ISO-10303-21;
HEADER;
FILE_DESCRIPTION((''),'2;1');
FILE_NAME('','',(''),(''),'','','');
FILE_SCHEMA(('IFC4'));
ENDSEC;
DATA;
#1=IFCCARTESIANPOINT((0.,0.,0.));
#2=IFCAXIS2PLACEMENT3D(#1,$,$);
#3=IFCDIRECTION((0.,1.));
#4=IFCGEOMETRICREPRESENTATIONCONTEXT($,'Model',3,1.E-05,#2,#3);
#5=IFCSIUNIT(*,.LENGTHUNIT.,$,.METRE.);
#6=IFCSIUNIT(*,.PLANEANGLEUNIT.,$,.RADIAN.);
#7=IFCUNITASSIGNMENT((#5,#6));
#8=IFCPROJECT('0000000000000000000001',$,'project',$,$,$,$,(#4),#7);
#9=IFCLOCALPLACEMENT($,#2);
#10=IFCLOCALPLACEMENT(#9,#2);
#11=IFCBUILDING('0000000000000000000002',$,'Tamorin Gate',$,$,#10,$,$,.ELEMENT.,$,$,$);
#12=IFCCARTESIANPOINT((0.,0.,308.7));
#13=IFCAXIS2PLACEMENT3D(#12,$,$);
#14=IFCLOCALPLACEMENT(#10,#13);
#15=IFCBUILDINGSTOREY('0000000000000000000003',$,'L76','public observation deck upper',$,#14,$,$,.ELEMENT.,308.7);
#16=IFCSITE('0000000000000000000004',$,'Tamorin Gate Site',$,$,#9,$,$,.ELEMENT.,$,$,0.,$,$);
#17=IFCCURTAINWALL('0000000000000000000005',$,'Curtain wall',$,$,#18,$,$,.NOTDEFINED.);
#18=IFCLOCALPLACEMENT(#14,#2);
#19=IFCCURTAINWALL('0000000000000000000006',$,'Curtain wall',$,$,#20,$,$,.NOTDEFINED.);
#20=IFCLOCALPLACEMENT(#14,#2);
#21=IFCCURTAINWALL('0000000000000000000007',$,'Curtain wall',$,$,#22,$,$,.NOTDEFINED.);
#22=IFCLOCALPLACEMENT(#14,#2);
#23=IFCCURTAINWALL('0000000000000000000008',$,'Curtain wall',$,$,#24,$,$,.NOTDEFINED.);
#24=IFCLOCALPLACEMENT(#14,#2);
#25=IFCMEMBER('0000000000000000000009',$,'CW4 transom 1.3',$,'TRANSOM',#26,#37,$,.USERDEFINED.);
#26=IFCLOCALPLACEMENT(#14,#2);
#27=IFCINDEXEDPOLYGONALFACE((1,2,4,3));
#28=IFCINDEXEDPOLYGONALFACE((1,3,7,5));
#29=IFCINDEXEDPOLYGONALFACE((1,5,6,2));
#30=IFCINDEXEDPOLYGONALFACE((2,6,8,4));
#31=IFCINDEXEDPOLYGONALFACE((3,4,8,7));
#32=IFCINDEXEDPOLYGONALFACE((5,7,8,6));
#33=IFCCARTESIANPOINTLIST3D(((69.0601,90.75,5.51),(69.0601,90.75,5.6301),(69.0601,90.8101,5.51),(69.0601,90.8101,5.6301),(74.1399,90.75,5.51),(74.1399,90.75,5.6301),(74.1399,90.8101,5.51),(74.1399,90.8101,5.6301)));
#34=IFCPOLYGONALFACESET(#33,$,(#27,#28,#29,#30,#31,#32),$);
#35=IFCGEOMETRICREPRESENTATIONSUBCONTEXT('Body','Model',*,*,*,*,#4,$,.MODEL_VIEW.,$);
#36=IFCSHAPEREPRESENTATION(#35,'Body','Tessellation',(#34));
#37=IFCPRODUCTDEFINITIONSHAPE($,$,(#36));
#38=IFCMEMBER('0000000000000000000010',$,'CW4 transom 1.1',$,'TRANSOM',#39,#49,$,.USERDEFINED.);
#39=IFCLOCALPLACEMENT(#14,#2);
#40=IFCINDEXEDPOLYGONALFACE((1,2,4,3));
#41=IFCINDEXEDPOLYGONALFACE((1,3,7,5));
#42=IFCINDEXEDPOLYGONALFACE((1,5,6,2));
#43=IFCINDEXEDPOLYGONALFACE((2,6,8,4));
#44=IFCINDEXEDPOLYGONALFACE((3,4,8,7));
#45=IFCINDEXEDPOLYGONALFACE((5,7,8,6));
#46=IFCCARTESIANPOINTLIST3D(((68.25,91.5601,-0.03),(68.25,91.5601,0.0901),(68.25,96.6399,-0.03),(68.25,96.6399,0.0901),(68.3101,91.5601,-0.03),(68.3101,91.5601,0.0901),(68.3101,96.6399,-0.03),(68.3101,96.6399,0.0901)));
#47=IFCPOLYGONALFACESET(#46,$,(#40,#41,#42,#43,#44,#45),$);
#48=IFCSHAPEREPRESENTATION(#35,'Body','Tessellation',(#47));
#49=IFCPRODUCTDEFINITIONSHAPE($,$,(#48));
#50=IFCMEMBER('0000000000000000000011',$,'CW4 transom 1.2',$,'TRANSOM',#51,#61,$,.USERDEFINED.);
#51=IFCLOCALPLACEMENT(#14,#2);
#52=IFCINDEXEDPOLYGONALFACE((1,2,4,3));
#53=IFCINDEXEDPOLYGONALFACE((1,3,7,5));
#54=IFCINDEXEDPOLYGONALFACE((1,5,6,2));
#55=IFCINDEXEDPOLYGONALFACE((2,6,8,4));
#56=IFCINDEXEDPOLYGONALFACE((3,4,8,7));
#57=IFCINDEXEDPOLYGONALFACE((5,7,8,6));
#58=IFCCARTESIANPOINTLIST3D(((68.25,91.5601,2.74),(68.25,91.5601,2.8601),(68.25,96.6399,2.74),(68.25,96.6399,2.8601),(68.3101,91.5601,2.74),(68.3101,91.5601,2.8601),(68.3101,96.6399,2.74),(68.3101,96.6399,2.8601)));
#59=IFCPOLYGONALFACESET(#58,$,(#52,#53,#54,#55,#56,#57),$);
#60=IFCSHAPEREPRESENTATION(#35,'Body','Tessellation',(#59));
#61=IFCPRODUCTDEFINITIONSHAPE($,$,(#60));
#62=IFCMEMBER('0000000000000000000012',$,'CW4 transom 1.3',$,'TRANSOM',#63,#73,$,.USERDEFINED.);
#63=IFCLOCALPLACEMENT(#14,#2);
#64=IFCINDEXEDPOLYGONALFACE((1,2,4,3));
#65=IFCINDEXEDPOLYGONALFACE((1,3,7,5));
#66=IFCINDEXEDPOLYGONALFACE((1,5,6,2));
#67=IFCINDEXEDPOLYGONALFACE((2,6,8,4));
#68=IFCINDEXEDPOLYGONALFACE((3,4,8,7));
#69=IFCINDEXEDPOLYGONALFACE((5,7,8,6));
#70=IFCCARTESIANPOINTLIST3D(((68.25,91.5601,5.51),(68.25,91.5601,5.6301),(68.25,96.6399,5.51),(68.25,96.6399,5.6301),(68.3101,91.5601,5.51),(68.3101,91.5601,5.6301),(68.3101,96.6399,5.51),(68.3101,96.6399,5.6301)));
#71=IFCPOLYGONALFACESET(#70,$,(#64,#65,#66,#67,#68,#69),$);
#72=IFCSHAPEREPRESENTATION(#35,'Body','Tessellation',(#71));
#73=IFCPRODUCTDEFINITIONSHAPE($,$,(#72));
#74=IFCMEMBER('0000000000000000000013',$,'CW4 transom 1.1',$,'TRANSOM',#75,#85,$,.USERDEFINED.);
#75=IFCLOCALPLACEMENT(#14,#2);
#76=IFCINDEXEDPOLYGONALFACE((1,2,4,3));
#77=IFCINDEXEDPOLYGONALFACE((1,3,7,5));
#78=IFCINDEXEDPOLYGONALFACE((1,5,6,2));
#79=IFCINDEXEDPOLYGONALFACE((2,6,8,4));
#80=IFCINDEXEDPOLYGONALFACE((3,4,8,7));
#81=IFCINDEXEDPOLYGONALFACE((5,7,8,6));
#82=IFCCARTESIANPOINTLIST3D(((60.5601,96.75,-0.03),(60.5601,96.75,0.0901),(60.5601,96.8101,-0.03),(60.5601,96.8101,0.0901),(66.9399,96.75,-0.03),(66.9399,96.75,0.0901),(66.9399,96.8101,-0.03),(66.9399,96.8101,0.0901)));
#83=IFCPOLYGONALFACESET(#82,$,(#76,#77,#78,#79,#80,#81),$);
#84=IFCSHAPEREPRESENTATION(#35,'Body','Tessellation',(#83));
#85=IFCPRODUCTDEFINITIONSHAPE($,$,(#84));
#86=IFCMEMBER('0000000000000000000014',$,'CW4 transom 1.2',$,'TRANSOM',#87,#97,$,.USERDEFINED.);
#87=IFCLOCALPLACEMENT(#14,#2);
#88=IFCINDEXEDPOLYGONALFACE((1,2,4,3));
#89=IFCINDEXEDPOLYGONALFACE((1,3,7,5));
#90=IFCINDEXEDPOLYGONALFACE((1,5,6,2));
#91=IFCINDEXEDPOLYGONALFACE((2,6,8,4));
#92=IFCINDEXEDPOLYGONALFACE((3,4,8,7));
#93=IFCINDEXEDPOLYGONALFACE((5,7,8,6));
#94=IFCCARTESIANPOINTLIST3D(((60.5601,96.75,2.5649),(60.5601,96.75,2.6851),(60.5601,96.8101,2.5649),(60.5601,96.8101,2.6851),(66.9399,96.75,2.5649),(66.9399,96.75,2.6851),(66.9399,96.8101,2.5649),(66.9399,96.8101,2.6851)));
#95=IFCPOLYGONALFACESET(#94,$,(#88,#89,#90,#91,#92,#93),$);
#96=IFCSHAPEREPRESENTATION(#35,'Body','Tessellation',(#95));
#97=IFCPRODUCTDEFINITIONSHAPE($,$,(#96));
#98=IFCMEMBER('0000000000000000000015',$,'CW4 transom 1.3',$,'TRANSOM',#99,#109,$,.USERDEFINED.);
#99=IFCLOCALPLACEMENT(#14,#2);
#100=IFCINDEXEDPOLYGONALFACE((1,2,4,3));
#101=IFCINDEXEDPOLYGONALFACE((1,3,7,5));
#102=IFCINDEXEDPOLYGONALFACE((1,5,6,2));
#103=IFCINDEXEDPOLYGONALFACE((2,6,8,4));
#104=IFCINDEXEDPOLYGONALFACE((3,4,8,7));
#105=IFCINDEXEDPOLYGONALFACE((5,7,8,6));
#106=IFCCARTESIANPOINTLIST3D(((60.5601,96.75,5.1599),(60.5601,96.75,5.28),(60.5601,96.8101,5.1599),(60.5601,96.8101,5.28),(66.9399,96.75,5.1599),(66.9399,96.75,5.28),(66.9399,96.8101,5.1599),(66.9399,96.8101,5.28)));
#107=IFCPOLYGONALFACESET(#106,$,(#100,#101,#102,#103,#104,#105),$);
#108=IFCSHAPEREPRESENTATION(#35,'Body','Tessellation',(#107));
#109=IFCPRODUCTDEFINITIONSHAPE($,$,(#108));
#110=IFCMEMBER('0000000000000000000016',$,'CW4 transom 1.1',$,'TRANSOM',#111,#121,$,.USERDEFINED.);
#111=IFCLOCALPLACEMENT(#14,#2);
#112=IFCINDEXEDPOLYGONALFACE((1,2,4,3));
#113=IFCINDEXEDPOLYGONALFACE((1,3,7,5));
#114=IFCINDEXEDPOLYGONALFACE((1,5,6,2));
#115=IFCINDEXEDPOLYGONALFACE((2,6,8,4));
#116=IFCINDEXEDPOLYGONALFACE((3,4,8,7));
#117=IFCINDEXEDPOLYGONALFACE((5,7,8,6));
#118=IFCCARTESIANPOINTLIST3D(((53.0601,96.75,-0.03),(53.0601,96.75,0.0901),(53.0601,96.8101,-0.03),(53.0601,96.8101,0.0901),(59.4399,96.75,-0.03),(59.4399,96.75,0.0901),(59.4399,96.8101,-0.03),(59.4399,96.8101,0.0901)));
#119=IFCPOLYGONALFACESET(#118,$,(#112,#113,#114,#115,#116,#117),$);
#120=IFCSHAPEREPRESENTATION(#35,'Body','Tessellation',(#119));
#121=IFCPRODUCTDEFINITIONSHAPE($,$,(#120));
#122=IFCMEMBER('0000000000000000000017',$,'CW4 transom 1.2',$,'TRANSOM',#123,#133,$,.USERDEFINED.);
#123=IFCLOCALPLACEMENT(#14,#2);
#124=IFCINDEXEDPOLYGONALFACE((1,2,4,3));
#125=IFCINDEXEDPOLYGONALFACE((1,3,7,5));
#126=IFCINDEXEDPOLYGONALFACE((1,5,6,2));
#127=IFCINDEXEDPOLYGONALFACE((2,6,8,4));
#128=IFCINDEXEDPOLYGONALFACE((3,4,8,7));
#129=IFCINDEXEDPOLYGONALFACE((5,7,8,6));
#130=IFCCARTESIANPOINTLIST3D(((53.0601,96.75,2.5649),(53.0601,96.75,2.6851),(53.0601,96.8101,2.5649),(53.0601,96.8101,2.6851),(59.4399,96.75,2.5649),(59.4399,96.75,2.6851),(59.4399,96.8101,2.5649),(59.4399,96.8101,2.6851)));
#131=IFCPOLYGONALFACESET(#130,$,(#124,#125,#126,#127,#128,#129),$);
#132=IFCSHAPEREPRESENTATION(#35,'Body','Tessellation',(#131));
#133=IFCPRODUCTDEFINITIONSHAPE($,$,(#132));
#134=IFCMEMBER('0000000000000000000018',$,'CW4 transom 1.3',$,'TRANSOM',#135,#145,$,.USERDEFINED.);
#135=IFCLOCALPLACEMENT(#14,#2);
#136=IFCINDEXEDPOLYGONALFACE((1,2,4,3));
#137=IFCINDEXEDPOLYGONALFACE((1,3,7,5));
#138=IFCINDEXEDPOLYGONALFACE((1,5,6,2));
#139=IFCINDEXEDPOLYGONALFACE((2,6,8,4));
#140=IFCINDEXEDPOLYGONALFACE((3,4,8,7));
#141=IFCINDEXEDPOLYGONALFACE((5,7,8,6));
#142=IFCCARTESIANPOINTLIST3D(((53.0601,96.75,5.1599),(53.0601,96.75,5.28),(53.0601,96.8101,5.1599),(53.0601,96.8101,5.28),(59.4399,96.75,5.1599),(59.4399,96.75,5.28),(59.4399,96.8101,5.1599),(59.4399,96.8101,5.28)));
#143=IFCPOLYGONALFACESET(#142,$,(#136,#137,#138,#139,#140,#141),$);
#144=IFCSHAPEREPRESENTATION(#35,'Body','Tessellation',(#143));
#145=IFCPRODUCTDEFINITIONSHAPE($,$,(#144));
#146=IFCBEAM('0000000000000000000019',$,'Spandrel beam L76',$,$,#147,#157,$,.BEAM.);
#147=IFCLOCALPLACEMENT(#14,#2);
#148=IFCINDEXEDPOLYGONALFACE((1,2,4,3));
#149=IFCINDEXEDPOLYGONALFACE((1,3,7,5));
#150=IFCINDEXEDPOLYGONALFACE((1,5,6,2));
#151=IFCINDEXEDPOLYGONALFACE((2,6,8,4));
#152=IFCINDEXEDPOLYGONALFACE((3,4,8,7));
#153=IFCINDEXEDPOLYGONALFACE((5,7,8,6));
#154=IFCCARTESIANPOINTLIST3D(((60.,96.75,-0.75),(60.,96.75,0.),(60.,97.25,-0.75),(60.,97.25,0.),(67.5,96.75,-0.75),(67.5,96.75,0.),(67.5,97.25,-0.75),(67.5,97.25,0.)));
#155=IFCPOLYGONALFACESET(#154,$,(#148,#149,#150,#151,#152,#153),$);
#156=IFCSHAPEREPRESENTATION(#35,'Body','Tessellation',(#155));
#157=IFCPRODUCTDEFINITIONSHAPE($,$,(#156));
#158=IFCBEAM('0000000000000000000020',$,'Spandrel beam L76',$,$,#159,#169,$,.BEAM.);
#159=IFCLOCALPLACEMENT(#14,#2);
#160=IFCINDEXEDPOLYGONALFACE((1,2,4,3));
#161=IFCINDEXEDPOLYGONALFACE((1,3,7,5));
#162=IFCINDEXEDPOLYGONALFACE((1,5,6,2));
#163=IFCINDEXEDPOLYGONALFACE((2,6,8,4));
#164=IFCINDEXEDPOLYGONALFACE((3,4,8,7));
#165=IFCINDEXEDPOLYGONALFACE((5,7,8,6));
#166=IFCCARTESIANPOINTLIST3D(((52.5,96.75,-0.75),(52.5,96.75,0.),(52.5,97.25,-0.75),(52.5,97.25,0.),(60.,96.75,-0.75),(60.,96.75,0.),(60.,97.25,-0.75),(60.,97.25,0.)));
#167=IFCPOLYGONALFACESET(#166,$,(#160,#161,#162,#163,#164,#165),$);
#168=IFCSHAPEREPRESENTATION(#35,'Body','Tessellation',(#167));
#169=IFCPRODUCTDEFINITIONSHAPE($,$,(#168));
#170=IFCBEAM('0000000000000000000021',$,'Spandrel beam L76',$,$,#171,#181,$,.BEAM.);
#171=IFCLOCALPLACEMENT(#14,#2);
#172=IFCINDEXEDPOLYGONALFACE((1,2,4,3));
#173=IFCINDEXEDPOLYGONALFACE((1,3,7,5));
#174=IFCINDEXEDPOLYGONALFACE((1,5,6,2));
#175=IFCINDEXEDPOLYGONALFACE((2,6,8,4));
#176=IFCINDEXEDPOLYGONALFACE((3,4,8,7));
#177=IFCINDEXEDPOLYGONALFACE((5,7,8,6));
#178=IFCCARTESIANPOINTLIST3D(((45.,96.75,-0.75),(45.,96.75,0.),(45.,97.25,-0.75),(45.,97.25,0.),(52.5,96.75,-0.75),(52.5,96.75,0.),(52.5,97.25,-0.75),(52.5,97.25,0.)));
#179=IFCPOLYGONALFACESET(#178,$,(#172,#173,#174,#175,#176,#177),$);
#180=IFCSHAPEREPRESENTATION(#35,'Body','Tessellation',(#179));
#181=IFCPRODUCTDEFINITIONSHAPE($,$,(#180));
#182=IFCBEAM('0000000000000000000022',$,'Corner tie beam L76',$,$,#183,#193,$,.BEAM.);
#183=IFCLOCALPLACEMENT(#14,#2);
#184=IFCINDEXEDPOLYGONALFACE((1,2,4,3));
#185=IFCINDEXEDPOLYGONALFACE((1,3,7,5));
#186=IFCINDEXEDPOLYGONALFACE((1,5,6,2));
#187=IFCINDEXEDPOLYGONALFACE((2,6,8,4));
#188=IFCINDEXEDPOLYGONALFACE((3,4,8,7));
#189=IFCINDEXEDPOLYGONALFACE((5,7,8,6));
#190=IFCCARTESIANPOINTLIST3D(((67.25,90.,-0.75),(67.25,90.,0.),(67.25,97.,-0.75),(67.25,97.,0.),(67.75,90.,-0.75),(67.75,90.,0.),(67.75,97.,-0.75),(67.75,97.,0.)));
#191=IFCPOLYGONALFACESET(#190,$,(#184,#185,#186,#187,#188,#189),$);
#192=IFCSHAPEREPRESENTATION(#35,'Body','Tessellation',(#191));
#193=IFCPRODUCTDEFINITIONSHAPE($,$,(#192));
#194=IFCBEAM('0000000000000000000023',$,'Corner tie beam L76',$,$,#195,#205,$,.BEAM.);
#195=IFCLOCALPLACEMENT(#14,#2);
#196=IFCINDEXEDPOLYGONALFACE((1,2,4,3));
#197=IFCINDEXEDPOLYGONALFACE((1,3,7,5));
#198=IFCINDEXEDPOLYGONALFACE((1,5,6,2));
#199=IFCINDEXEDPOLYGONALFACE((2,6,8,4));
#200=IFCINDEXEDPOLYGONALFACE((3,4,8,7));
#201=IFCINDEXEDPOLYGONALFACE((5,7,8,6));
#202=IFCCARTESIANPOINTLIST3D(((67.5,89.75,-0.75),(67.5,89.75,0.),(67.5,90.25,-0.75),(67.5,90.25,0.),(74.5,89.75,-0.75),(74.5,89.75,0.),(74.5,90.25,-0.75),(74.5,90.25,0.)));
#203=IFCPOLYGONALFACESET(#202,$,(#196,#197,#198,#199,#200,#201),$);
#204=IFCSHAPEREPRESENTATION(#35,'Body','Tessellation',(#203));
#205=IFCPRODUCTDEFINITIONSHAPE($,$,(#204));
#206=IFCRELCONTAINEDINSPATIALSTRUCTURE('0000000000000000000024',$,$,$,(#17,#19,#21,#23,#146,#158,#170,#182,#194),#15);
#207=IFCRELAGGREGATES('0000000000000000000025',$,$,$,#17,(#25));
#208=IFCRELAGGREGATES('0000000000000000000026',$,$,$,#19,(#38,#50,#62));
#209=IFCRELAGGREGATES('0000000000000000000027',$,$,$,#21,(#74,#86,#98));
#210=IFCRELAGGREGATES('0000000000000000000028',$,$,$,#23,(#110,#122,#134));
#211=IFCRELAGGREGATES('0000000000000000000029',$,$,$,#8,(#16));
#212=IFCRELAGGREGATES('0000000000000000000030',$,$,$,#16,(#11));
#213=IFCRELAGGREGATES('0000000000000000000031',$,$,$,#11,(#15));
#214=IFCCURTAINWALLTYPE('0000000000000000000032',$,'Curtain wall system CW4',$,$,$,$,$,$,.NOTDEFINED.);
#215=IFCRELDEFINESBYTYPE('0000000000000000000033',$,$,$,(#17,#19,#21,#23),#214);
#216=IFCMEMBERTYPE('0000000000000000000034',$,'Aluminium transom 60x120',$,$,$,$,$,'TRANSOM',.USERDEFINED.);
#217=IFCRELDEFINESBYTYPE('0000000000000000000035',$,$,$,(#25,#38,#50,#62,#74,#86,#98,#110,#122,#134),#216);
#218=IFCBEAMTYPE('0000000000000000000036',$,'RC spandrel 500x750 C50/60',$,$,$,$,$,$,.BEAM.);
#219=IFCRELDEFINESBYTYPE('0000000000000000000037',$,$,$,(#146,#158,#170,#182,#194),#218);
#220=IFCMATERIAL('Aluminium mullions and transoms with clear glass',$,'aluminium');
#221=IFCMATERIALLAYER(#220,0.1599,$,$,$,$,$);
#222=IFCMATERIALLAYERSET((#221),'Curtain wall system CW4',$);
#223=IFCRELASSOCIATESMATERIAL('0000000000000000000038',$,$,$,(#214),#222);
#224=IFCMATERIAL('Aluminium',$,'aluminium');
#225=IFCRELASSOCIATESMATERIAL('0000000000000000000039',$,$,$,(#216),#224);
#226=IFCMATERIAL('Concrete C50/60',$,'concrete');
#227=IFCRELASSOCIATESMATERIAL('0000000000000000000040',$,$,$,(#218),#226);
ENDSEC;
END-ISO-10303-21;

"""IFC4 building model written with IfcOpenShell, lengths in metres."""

from ifc_helpers import new_model, si_unit, direction, frame, origin, origin_2d, place, context, subcontext, project, spatial, rectangle, extrude, material, layer, layer_set, material_profile, profile_set, type_object, element, aggregate, save


model = new_model("IFC4")

# Units and contexts
model_context = context("Model", 3, precision=1e-05, world=origin(), true_north=direction((0.0, 1.0)))
body_context = subcontext(model_context, "Body", "Model", "MODEL_VIEW")
ifc_project = project(units=[si_unit("LENGTHUNIT", "METRE"), si_unit("PLANEANGLEUNIT", "RADIAN")], contexts=[model_context])

# Site, building, storey
site_placement = place(None, origin())
site = spatial("IfcSite", under=ifc_project, at=site_placement, Name="Tamorin Gate Site", CompositionType="ELEMENT", RefElevation=0.0)
building_placement = place(site_placement, origin())
building = spatial("IfcBuilding", under=site, at=building_placement, Name="Tamorin Gate", CompositionType="ELEMENT")
storey_placement = place(building_placement, frame((0.0, 0.0, 308.7)))
storey = spatial("IfcBuildingStorey", under=building, at=storey_placement, Name="L76", Description="public observation deck upper", CompositionType="ELEMENT", Elevation=308.7)

# Shared definitions
ifc_material_1 = material(Name="Concrete C50/60", Category="concrete")

# Curtain walls
ifc_material_2 = material(Name="Aluminium mullions and transoms with clear glass", Category="aluminium")
ifc_layer_1 = layer(ifc_material_2, 0.1599)
ifc_layer_set_1 = layer_set([ifc_layer_1], Name="Curtain wall system CW4")
curtain_wall_type = type_object("IfcCurtainWallType", Name="Curtain wall system CW4", PredefinedType="NOTDEFINED", material=ifc_layer_set_1)
curtain_wall_1_placement = place(storey_placement, origin())
curtain_wall_1 = element("IfcCurtainWall", 1, at=curtain_wall_1_placement, inside=storey, type_object=curtain_wall_type, Name="Curtain wall", PredefinedType="NOTDEFINED")
ifc_material_3 = material(Name="Aluminium", Category="aluminium")
curtain_wall_2_placement = place(storey_placement, origin())
curtain_wall_2 = element("IfcCurtainWall", 2, at=curtain_wall_2_placement, inside=storey, type_object=curtain_wall_type, Name="Curtain wall", PredefinedType="NOTDEFINED")
curtain_wall_3_placement = place(storey_placement, origin())
curtain_wall_3 = element("IfcCurtainWall", 3, at=curtain_wall_3_placement, inside=storey, type_object=curtain_wall_type, Name="Curtain wall", PredefinedType="NOTDEFINED")
curtain_wall_4_placement = place(storey_placement, origin())
curtain_wall_4 = element("IfcCurtainWall", 4, at=curtain_wall_4_placement, inside=storey, type_object=curtain_wall_type, Name="Curtain wall", PredefinedType="NOTDEFINED")

# Members
ifc_material_profile_1 = material_profile(ifc_material_3, rectangle(XDim=0.0601, YDim=0.1201, at=origin_2d()), Name="RECT 60x120")
ifc_profile_set_1 = profile_set([ifc_material_profile_1], Name="Aluminium")
member_type_1 = type_object("IfcMemberType", Name="Aluminium transom 60x120", ElementType="TRANSOM", PredefinedType="USERDEFINED", material=ifc_profile_set_1)
member_1_placement = place(storey_placement, frame((74.1399, 90.78, 5.5701), z_axis=(-1.0, 0.0, 0.0), x_axis=(0.0, -1.0, 0.0)))
member_1 = element("IfcMember", 5, at=member_1_placement, type_object=member_type_1, Name="CW4 transom 1.3", ObjectType="TRANSOM", PredefinedType="USERDEFINED", context=body_context, shape_type="SweptSolid", body=[
    extrude(rectangle(XDim=0.0601, YDim=0.1201, at=origin_2d()), origin(), (0.0, 0.0, 1.0), 5.0798),
])
member_2_placement = place(storey_placement, frame((68.28, 91.5601, 0.03), z_axis=(0.0, 1.0, 0.0), x_axis=(-1.0, 0.0, 0.0)))
member_2 = element("IfcMember", 6, at=member_2_placement, type_object=member_type_1, Name="CW4 transom 1.1", ObjectType="TRANSOM", PredefinedType="USERDEFINED", context=body_context, shape_type="SweptSolid", body=[
    extrude(rectangle(XDim=0.0601, YDim=0.1201, at=origin_2d()), origin(), (0.0, 0.0, 1.0), 5.0798),
])
member_3_placement = place(storey_placement, frame((68.28, 91.5601, 2.8), z_axis=(0.0, 1.0, 0.0), x_axis=(-1.0, 0.0, 0.0)))
member_3 = element("IfcMember", 7, at=member_3_placement, type_object=member_type_1, Name="CW4 transom 1.2", ObjectType="TRANSOM", PredefinedType="USERDEFINED", context=body_context, shape_type="SweptSolid", body=[
    extrude(rectangle(XDim=0.0601, YDim=0.1201, at=origin_2d()), origin(), (0.0, 0.0, 1.0), 5.0798),
])
member_4_placement = place(storey_placement, frame((68.28, 91.5601, 5.5701), z_axis=(0.0, 1.0, 0.0), x_axis=(-1.0, 0.0, 0.0)))
member_4 = element("IfcMember", 8, at=member_4_placement, type_object=member_type_1, Name="CW4 transom 1.3", ObjectType="TRANSOM", PredefinedType="USERDEFINED", context=body_context, shape_type="SweptSolid", body=[
    extrude(rectangle(XDim=0.0601, YDim=0.1201, at=origin_2d()), origin(), (0.0, 0.0, 1.0), 5.0798),
])
member_5_placement = place(storey_placement, frame((66.9399, 96.78, 0.03), z_axis=(-1.0, 0.0, 0.0), x_axis=(0.0, -1.0, 0.0)))
member_5 = element("IfcMember", 9, at=member_5_placement, type_object=member_type_1, Name="CW4 transom 1.1", ObjectType="TRANSOM", PredefinedType="USERDEFINED", context=body_context, shape_type="SweptSolid", body=[
    extrude(rectangle(XDim=0.0601, YDim=0.1201, at=origin_2d()), origin(), (0.0, 0.0, 1.0), 6.3799),
])
member_6_placement = place(storey_placement, frame((66.9399, 96.78, 2.625), z_axis=(-1.0, 0.0, 0.0), x_axis=(0.0, -1.0, 0.0)))
member_6 = element("IfcMember", 10, at=member_6_placement, type_object=member_type_1, Name="CW4 transom 1.2", ObjectType="TRANSOM", PredefinedType="USERDEFINED", context=body_context, shape_type="SweptSolid", body=[
    extrude(rectangle(XDim=0.0601, YDim=0.1201, at=origin_2d()), origin(), (0.0, 0.0, 1.0), 6.3799),
])
member_7_placement = place(storey_placement, frame((66.9399, 96.78, 5.22), z_axis=(-1.0, 0.0, 0.0), x_axis=(0.0, -1.0, 0.0)))
member_7 = element("IfcMember", 11, at=member_7_placement, type_object=member_type_1, Name="CW4 transom 1.3", ObjectType="TRANSOM", PredefinedType="USERDEFINED", context=body_context, shape_type="SweptSolid", body=[
    extrude(rectangle(XDim=0.0601, YDim=0.1201, at=origin_2d()), origin(), (0.0, 0.0, 1.0), 6.3799),
])
member_8_placement = place(storey_placement, frame((59.4399, 96.78, 0.03), z_axis=(-1.0, 0.0, 0.0), x_axis=(0.0, -1.0, 0.0)))
member_8 = element("IfcMember", 12, at=member_8_placement, type_object=member_type_1, Name="CW4 transom 1.1", ObjectType="TRANSOM", PredefinedType="USERDEFINED", context=body_context, shape_type="SweptSolid", body=[
    extrude(rectangle(XDim=0.0601, YDim=0.1201, at=origin_2d()), origin(), (0.0, 0.0, 1.0), 6.3799),
])
member_9_placement = place(storey_placement, frame((59.4399, 96.78, 2.625), z_axis=(-1.0, 0.0, 0.0), x_axis=(0.0, -1.0, 0.0)))
member_9 = element("IfcMember", 13, at=member_9_placement, type_object=member_type_1, Name="CW4 transom 1.2", ObjectType="TRANSOM", PredefinedType="USERDEFINED", context=body_context, shape_type="SweptSolid", body=[
    extrude(rectangle(XDim=0.0601, YDim=0.1201, at=origin_2d()), origin(), (0.0, 0.0, 1.0), 6.3799),
])
member_10_placement = place(storey_placement, frame((59.4399, 96.78, 5.22), z_axis=(-1.0, 0.0, 0.0), x_axis=(0.0, -1.0, 0.0)))
member_10 = element("IfcMember", 14, at=member_10_placement, type_object=member_type_1, Name="CW4 transom 1.3", ObjectType="TRANSOM", PredefinedType="USERDEFINED", context=body_context, shape_type="SweptSolid", body=[
    extrude(rectangle(XDim=0.0601, YDim=0.1201, at=origin_2d()), origin(), (0.0, 0.0, 1.0), 6.3799),
])

# Beams
ifc_material_profile_2 = material_profile(ifc_material_1, rectangle(XDim=0.5, YDim=0.75, at=origin_2d()), Name="RC 500x750")
ifc_profile_set_2 = profile_set([ifc_material_profile_2], Name="Concrete C50/60")
beam_type = type_object("IfcBeamType", Name="RC spandrel 500x750 C50/60", PredefinedType="BEAM", material=ifc_profile_set_2)
for number, where, z_axis, x_axis, name in (
    (15, (67.5, 97.0, -0.375), (-1.0, 0.0, 0.0), (0.0, -1.0, 0.0), "Spandrel beam L76"),
    (16, (60.0, 97.0, -0.375), (-1.0, 0.0, 0.0), (0.0, -1.0, 0.0), "Spandrel beam L76"),
    (17, (52.5, 97.0, -0.375), (-1.0, 0.0, 0.0), (0.0, -1.0, 0.0), "Spandrel beam L76"),
):
    element("IfcBeam", number, at=place(storey_placement, frame(where, z_axis=z_axis, x_axis=x_axis)), inside=storey, type_object=beam_type, Name=name, PredefinedType="BEAM", context=body_context, shape_type="SweptSolid", body=[
        extrude(rectangle(XDim=0.5, YDim=0.75, at=origin_2d()), origin(), (0.0, 0.0, 1.0), 7.5),
    ])
for number, where, z_axis, x_axis, name in (
    (18, (67.5, 90.0, -0.375), (0.0, 1.0, 0.0), (-1.0, 0.0, 0.0), "Corner tie beam L76"),
    (19, (67.5, 90.0, -0.375), (1.0, 0.0, 0.0), (0.0, 1.0, 0.0), "Corner tie beam L76"),
):
    element("IfcBeam", number, at=place(storey_placement, frame(where, z_axis=z_axis, x_axis=x_axis)), inside=storey, type_object=beam_type, Name=name, PredefinedType="BEAM", context=body_context, shape_type="SweptSolid", body=[
        extrude(rectangle(XDim=0.5, YDim=0.75, at=origin_2d()), origin(), (0.0, 0.0, 1.0), 7.0),
    ])

aggregate(curtain_wall_1, [member_1])
aggregate(curtain_wall_2, [member_2, member_3, member_4])
aggregate(curtain_wall_3, [member_5, member_6, member_7])
aggregate(curtain_wall_4, [member_8, member_9, member_10])

save(model, "model.ifc")
